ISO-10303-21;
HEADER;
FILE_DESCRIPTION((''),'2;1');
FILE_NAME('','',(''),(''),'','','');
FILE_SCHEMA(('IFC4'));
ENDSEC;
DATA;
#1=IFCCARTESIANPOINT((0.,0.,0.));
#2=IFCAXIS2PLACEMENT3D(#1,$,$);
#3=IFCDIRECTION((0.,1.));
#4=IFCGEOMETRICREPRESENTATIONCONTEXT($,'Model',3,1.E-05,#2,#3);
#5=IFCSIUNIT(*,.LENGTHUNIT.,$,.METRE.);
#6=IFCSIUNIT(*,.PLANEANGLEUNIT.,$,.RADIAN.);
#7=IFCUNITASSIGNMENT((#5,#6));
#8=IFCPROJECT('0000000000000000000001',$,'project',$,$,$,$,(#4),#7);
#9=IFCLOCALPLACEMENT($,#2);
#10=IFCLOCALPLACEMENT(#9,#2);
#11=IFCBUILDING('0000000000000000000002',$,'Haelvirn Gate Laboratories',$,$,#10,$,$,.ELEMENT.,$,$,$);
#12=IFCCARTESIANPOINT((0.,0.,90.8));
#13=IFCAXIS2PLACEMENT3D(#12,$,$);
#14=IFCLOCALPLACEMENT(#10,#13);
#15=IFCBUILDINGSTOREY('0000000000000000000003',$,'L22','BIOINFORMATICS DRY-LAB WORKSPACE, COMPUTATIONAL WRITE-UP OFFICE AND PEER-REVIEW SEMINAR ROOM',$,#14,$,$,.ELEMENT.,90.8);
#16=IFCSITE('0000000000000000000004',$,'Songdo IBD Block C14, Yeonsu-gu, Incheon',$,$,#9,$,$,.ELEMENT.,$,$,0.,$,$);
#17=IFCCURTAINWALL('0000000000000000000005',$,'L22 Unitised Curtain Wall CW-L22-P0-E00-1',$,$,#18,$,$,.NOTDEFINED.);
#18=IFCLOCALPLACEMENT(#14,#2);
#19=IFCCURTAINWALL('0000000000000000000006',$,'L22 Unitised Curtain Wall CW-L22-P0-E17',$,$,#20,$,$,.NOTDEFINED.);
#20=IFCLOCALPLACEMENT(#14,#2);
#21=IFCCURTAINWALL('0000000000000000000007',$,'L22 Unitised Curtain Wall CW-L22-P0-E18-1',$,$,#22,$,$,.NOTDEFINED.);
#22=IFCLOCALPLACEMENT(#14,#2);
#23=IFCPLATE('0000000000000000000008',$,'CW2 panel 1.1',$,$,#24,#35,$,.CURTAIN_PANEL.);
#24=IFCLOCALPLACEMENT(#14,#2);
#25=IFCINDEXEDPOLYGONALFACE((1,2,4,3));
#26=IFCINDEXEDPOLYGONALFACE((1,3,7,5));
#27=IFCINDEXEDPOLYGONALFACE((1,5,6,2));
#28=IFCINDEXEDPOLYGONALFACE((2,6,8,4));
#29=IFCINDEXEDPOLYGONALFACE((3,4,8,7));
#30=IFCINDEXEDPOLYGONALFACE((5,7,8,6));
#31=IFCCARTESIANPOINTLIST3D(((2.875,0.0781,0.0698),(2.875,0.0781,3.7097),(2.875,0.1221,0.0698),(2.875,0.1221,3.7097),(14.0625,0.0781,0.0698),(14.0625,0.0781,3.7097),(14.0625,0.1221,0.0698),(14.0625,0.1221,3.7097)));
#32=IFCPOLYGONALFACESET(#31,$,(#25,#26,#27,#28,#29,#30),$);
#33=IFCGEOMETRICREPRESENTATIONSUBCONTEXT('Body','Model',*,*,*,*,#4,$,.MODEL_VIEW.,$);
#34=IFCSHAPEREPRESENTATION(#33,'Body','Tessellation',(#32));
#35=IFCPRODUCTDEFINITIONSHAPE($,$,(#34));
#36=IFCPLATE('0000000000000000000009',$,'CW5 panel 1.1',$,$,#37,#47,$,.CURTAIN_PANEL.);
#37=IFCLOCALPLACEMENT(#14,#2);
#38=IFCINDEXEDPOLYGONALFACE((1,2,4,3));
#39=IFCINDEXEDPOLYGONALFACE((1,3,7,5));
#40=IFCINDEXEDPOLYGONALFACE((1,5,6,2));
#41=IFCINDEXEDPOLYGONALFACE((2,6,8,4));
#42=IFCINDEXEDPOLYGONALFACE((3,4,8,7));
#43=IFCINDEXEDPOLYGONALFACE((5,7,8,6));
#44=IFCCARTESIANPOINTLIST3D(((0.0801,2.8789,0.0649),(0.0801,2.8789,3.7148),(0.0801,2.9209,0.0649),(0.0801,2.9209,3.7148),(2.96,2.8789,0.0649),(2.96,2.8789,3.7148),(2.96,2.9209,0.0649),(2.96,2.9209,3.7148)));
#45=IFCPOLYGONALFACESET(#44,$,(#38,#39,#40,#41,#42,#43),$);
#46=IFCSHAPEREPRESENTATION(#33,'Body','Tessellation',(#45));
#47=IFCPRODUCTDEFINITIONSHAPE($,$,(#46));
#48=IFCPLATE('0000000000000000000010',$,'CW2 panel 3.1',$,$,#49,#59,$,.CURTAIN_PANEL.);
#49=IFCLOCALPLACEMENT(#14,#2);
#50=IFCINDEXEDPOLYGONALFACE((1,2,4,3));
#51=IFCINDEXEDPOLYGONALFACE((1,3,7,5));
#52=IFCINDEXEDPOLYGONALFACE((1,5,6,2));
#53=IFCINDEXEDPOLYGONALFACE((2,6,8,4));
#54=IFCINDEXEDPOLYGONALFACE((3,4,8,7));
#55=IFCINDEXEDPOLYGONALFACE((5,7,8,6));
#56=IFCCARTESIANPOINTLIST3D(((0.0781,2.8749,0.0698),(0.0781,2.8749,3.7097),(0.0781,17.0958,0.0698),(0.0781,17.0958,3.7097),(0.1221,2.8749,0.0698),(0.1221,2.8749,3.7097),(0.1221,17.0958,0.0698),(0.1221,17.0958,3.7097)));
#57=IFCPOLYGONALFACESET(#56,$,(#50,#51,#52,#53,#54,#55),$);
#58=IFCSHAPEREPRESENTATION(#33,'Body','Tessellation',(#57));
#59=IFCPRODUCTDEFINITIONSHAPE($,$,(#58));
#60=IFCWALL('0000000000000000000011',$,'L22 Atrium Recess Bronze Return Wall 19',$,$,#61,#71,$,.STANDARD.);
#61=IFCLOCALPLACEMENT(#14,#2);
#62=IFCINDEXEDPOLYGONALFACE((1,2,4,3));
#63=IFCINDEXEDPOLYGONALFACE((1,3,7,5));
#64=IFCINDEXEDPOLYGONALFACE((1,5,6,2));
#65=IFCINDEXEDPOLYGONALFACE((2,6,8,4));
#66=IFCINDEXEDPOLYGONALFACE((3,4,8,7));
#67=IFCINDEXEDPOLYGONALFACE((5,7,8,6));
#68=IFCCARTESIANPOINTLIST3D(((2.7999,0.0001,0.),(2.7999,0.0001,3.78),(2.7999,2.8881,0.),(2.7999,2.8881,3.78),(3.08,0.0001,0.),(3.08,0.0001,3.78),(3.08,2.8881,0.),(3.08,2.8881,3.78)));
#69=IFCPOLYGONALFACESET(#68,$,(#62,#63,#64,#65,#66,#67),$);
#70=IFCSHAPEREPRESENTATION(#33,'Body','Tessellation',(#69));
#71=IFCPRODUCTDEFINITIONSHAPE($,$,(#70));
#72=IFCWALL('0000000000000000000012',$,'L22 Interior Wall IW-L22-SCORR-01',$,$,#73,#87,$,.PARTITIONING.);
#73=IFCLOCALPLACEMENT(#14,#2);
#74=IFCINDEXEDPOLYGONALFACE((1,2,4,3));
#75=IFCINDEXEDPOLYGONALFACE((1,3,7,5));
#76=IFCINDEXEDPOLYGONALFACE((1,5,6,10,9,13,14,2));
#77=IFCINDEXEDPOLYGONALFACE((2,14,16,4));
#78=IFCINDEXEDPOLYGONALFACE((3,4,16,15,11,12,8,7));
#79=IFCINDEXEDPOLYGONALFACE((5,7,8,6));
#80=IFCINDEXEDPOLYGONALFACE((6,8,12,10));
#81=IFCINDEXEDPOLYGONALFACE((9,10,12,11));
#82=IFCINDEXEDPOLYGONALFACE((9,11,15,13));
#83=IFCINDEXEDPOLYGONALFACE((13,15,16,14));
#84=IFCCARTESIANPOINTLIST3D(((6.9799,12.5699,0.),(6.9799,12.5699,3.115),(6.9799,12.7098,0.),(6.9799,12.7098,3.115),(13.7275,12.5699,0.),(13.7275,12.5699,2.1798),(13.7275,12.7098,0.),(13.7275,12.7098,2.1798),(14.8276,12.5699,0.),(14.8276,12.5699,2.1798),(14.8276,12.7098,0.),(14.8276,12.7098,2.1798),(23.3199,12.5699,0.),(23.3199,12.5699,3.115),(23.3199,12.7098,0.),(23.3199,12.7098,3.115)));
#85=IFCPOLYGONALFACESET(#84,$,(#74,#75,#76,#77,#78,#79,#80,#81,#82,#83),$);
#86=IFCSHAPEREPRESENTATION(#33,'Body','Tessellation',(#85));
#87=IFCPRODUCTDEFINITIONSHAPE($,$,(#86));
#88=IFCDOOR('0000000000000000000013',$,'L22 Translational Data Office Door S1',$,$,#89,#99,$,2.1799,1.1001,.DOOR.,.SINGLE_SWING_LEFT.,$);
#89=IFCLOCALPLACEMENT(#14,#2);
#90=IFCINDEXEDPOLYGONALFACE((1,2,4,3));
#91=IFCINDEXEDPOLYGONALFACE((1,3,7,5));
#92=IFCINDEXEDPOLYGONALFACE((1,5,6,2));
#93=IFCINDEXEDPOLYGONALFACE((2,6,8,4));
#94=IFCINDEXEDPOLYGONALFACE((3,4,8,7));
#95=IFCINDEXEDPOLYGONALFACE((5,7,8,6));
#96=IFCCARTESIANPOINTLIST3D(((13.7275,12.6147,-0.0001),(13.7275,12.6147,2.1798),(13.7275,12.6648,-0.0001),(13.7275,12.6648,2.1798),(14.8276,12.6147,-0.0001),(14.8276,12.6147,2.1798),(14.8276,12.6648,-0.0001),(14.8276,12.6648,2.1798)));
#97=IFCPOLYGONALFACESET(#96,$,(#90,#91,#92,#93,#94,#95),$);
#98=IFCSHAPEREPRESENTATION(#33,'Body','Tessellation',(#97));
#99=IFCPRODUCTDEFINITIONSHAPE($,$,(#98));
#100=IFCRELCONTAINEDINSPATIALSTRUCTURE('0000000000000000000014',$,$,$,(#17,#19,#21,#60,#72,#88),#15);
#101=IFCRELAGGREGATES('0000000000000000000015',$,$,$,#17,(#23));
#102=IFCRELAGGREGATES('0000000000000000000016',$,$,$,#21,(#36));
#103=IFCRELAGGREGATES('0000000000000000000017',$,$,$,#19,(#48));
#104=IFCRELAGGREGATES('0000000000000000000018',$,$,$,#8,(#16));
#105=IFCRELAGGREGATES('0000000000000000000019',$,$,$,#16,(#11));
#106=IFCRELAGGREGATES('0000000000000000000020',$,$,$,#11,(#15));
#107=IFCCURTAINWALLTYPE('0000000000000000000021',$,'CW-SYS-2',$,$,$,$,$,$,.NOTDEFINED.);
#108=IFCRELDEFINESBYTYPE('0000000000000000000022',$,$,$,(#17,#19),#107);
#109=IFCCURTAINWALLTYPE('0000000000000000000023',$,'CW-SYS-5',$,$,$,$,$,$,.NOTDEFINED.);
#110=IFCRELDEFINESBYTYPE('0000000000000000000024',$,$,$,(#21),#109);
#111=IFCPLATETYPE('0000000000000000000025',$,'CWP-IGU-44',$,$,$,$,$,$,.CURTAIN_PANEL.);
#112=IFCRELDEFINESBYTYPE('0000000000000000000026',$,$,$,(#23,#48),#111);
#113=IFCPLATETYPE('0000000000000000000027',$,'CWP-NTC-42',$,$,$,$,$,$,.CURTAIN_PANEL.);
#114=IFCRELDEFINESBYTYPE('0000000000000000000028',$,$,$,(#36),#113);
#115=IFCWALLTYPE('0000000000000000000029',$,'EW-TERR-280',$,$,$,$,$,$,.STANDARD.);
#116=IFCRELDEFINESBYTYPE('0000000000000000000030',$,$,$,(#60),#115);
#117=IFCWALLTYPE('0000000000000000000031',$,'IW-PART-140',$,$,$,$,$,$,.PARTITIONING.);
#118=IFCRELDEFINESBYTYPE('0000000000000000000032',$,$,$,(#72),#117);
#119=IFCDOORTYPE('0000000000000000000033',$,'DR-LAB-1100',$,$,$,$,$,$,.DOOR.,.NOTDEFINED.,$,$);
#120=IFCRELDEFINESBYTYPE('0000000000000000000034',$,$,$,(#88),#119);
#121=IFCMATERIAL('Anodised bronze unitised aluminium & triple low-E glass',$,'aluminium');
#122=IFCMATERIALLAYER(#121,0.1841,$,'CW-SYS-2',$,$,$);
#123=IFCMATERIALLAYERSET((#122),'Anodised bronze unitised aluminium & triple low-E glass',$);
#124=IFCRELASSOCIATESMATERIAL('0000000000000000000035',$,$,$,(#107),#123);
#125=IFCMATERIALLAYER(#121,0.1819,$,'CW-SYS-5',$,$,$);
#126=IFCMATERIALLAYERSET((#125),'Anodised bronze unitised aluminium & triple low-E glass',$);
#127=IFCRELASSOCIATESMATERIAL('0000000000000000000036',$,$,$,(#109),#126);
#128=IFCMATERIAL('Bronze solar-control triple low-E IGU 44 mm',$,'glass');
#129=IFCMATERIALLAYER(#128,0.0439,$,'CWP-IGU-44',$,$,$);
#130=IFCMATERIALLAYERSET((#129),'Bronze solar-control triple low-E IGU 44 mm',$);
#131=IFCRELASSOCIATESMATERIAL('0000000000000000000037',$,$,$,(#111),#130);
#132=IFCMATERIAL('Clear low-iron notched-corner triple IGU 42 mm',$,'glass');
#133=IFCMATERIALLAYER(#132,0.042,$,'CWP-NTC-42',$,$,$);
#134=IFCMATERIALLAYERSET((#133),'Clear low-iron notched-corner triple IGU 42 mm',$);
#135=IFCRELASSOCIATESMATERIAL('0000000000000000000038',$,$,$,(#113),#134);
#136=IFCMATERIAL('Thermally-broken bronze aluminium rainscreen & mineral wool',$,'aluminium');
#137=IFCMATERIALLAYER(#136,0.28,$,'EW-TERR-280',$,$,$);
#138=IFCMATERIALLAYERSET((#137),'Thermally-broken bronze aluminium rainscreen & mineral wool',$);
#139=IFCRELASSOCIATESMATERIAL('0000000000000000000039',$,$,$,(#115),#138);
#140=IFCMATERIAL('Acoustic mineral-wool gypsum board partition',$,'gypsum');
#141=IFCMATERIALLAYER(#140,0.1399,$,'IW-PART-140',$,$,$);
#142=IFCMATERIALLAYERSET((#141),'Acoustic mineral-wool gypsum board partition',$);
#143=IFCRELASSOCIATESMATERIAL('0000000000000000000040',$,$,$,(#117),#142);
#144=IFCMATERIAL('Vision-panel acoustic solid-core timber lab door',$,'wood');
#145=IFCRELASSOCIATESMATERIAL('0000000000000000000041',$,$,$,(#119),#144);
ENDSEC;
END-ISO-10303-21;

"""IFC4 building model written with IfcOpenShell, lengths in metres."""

from ifc_helpers import new_model, si_unit, direction, frame, frame_2d, origin, origin_2d, place, context, subcontext, project, spatial, rectangle, extrude, source, transform, mapped, material, layer, layer_set, type_object, type_shapes, element, fill, aggregate, save


model = new_model("IFC4")

# Units and contexts
model_context = context("Model", 3, precision=1e-05, world=origin(), true_north=direction((0.0, 1.0)))
body_context = subcontext(model_context, "Body", "Model", "MODEL_VIEW")
ifc_project = project(units=[si_unit("LENGTHUNIT", "METRE"), si_unit("PLANEANGLEUNIT", "RADIAN")], contexts=[model_context])

# Site, building, storey
site_placement = place(None, origin())
site = spatial("IfcSite", under=ifc_project, at=site_placement, Name="Songdo IBD Block C14, Yeonsu-gu, Incheon", CompositionType="ELEMENT", RefElevation=0.0)
building_placement = place(site_placement, origin())
building = spatial("IfcBuilding", under=site, at=building_placement, Name="Haelvirn Gate Laboratories", CompositionType="ELEMENT")
storey_placement = place(building_placement, frame((0.0, 0.0, 90.8)))
storey = spatial("IfcBuildingStorey", under=building, at=storey_placement, Name="L22", Description="BIOINFORMATICS DRY-LAB WORKSPACE, COMPUTATIONAL WRITE-UP OFFICE AND PEER-REVIEW SEMINAR ROOM", CompositionType="ELEMENT", Elevation=90.8)

# Curtain walls
ifc_material_1 = material(Name="Anodised bronze unitised aluminium & triple low-E glass", Category="aluminium")
ifc_layer_1 = layer(ifc_material_1, 0.1841, Name="CW-SYS-2")
ifc_layer_set_1 = layer_set([ifc_layer_1], Name="Anodised bronze unitised aluminium & triple low-E glass")
curtain_wall_type_1 = type_object("IfcCurtainWallType", Name="CW-SYS-2", PredefinedType="NOTDEFINED", material=ifc_layer_set_1)
curtain_wall_1_placement = place(storey_placement, origin())
curtain_wall_1 = element("IfcCurtainWall", 1, at=curtain_wall_1_placement, inside=storey, type_object=curtain_wall_type_1, Name="L22 Unitised Curtain Wall CW-L22-P0-E00-1", PredefinedType="NOTDEFINED")
curtain_wall_2_placement = place(storey_placement, origin())
curtain_wall_2 = element("IfcCurtainWall", 2, at=curtain_wall_2_placement, inside=storey, type_object=curtain_wall_type_1, Name="L22 Unitised Curtain Wall CW-L22-P0-E17", PredefinedType="NOTDEFINED")

# Curtain wall
ifc_layer_2 = layer(ifc_material_1, 0.1819, Name="CW-SYS-5")
ifc_layer_set_2 = layer_set([ifc_layer_2], Name="Anodised bronze unitised aluminium & triple low-E glass")
curtain_wall_type_2 = type_object("IfcCurtainWallType", Name="CW-SYS-5", PredefinedType="NOTDEFINED", material=ifc_layer_set_2)
curtain_wall_3_placement = place(storey_placement, origin())
curtain_wall_3 = element("IfcCurtainWall", 3, at=curtain_wall_3_placement, inside=storey, type_object=curtain_wall_type_2, Name="L22 Unitised Curtain Wall CW-L22-P0-E18-1", PredefinedType="NOTDEFINED")

# Plates
ifc_material_2 = material(Name="Bronze solar-control triple low-E IGU 44 mm", Category="glass")
ifc_layer_3 = layer(ifc_material_2, 0.0439, Name="CWP-IGU-44")
ifc_layer_set_3 = layer_set([ifc_layer_3], Name="Bronze solar-control triple low-E IGU 44 mm")
plate_type_1 = type_object("IfcPlateType", Name="CWP-IGU-44", PredefinedType="CURTAIN_PANEL", material=ifc_layer_set_3)
shared_shape_1 = source(origin(), body_context, "Body", "SweptSolid", [
    extrude(rectangle(XDim=11.1875, YDim=0.0439, at=origin_2d()), origin(), (0.0, 0.0, 1.0), 3.6399),
])
plate_1_placement = place(storey_placement, frame((8.4688, 0.1001, 0.0698), z_axis=(0.0, 0.0, 1.0), x_axis=(1.0, 0.0, 0.0)))
plate_1 = element("IfcPlate", 4, at=plate_1_placement, type_object=plate_type_1, Name="CW2 panel 1.1", PredefinedType="CURTAIN_PANEL", context=body_context, shape_type="MappedRepresentation", body=[
    mapped(shared_shape_1, transform((0.0, 0.0, 0.0), scale=1.0)),
])
aggregate(curtain_wall_1, [plate_1])
ifc_material_3 = material(Name="Clear low-iron notched-corner triple IGU 42 mm", Category="glass")
ifc_layer_4 = layer(ifc_material_3, 0.042, Name="CWP-NTC-42")
ifc_layer_set_4 = layer_set([ifc_layer_4], Name="Clear low-iron notched-corner triple IGU 42 mm")
plate_type_2 = type_object("IfcPlateType", Name="CWP-NTC-42", PredefinedType="CURTAIN_PANEL", material=ifc_layer_set_4)
shared_shape_2 = source(origin(), body_context, "Body", "SweptSolid", [
    extrude(rectangle(XDim=2.8799, YDim=0.042, at=origin_2d()), origin(), (0.0, 0.0, 1.0), 3.6499),
])
type_shapes(plate_type_2, [shared_shape_2])
plate_2_placement = place(storey_placement, frame((1.52, 2.8999, 0.0649), z_axis=(0.0, 0.0, 1.0), x_axis=(1.0, 0.0, 0.0)))
plate_2 = element("IfcPlate", 5, at=plate_2_placement, type_object=plate_type_2, Name="CW5 panel 1.1", PredefinedType="CURTAIN_PANEL", context=body_context, shape_type="MappedRepresentation", body=[
    mapped(shared_shape_2, transform((0.0, 0.0, 0.0), scale=1.0)),
])
aggregate(curtain_wall_3, [plate_2])
shared_shape_3 = source(origin(), body_context, "Body", "SweptSolid", [
    extrude(rectangle(XDim=14.2209, YDim=0.0439, at=origin_2d()), origin(), (0.0, 0.0, 1.0), 3.6399),
])
type_shapes(plate_type_1, [shared_shape_1, shared_shape_3])
plate_3_placement = place(storey_placement, frame((0.1001, 9.9854, 0.0698), z_axis=(0.0, 0.0, 1.0), x_axis=(0.0, -1.0, 0.0)))
plate_3 = element("IfcPlate", 6, at=plate_3_placement, type_object=plate_type_1, Name="CW2 panel 3.1", PredefinedType="CURTAIN_PANEL", context=body_context, shape_type="MappedRepresentation", body=[
    mapped(shared_shape_3, transform((0.0, 0.0, 0.0), scale=1.0)),
])
aggregate(curtain_wall_2, [plate_3])

# Wall
ifc_material_4 = material(Name="Thermally-broken bronze aluminium rainscreen & mineral wool", Category="aluminium")
ifc_layer_5 = layer(ifc_material_4, 0.28, Name="EW-TERR-280")
ifc_layer_set_5 = layer_set([ifc_layer_5], Name="Thermally-broken bronze aluminium rainscreen & mineral wool")
wall_type_1 = type_object("IfcWallType", Name="EW-TERR-280", PredefinedType="STANDARD", material=ifc_layer_set_5)
wall_1_placement = place(storey_placement, frame((2.9399, 2.8879, 0.0), z_axis=(0.0, 0.0, 1.0), x_axis=(0.0, -1.0, 0.0)))
element("IfcWall", 7, at=wall_1_placement, inside=storey, type_object=wall_type_1, Name="L22 Atrium Recess Bronze Return Wall 19", PredefinedType="STANDARD", context=body_context, shape_type="SweptSolid", body=[
    extrude(rectangle(XDim=2.8879, YDim=0.28, at=frame_2d((1.4438, 0.0))), origin(), (0.0, 0.0, 1.0), 3.78),
])

# Wall, opening, door
ifc_material_5 = material(Name="Acoustic mineral-wool gypsum board partition", Category="gypsum")
ifc_layer_6 = layer(ifc_material_5, 0.1399, Name="IW-PART-140")
ifc_layer_set_6 = layer_set([ifc_layer_6], Name="Acoustic mineral-wool gypsum board partition")
wall_type_2 = type_object("IfcWallType", Name="IW-PART-140", PredefinedType="PARTITIONING", material=ifc_layer_set_6)
wall_2_placement = place(storey_placement, frame((6.98, 12.6399, 0.0), z_axis=(0.0, 0.0, 1.0), x_axis=(1.0, 0.0, 0.0)))
wall_2 = element("IfcWall", 8, at=wall_2_placement, inside=storey, type_object=wall_type_2, Name="L22 Interior Wall IW-L22-SCORR-01", PredefinedType="PARTITIONING", context=body_context, shape_type="SweptSolid", body=[
    extrude(rectangle(XDim=16.3401, YDim=0.1399, at=frame_2d((8.1699, 0.0))), origin(), (0.0, 0.0, 1.0), 3.115),
])
opening_placement = place(wall_2_placement, frame((6.7476, 0.0, 0.0)))
opening = element("IfcOpeningElement", 9, at=opening_placement, cuts=wall_2, PredefinedType="OPENING", context=body_context, shape_type="SweptSolid", body=[
    extrude(rectangle(XDim=1.1001, YDim=2.1799, at=frame_2d((0.55, 1.0898))), frame((0.0, 0.0801, 0.0), z_axis=(0.0, -1.0, 0.0), x_axis=(1.0, 0.0, 0.0)), (0.0, 0.0, 1.0), 0.1599),
])
ifc_material_6 = material(Name="Vision-panel acoustic solid-core timber lab door", Category="wood")
door_type = type_object("IfcDoorType", Name="DR-LAB-1100", OperationType="NOTDEFINED", PredefinedType="DOOR", material=ifc_material_6)
shared_shape_4 = source(origin(), body_context, "Body", "SweptSolid", [
    extrude(rectangle(XDim=1.1001, YDim=2.1799, at=frame_2d((0.55, 1.0898))), frame((0.0, 0.0249, 0.0), z_axis=(0.0, -1.0, 0.0), x_axis=(1.0, 0.0, 0.0)), (0.0, 0.0, 1.0), 0.05),
])
type_shapes(door_type, [shared_shape_4])
door_placement = place(opening_placement, origin())
door = element("IfcDoor", 10, at=door_placement, inside=storey, type_object=door_type, Name="L22 Translational Data Office Door S1", OperationType="SINGLE_SWING_LEFT", OverallHeight=2.1799, OverallWidth=1.1001, PredefinedType="DOOR", context=body_context, shape_type="MappedRepresentation", body=[
    mapped(shared_shape_4, transform((0.0, 0.0, 0.0), scale=1.0)),
])
fill(opening, door)

save(model, "model.ifc")
